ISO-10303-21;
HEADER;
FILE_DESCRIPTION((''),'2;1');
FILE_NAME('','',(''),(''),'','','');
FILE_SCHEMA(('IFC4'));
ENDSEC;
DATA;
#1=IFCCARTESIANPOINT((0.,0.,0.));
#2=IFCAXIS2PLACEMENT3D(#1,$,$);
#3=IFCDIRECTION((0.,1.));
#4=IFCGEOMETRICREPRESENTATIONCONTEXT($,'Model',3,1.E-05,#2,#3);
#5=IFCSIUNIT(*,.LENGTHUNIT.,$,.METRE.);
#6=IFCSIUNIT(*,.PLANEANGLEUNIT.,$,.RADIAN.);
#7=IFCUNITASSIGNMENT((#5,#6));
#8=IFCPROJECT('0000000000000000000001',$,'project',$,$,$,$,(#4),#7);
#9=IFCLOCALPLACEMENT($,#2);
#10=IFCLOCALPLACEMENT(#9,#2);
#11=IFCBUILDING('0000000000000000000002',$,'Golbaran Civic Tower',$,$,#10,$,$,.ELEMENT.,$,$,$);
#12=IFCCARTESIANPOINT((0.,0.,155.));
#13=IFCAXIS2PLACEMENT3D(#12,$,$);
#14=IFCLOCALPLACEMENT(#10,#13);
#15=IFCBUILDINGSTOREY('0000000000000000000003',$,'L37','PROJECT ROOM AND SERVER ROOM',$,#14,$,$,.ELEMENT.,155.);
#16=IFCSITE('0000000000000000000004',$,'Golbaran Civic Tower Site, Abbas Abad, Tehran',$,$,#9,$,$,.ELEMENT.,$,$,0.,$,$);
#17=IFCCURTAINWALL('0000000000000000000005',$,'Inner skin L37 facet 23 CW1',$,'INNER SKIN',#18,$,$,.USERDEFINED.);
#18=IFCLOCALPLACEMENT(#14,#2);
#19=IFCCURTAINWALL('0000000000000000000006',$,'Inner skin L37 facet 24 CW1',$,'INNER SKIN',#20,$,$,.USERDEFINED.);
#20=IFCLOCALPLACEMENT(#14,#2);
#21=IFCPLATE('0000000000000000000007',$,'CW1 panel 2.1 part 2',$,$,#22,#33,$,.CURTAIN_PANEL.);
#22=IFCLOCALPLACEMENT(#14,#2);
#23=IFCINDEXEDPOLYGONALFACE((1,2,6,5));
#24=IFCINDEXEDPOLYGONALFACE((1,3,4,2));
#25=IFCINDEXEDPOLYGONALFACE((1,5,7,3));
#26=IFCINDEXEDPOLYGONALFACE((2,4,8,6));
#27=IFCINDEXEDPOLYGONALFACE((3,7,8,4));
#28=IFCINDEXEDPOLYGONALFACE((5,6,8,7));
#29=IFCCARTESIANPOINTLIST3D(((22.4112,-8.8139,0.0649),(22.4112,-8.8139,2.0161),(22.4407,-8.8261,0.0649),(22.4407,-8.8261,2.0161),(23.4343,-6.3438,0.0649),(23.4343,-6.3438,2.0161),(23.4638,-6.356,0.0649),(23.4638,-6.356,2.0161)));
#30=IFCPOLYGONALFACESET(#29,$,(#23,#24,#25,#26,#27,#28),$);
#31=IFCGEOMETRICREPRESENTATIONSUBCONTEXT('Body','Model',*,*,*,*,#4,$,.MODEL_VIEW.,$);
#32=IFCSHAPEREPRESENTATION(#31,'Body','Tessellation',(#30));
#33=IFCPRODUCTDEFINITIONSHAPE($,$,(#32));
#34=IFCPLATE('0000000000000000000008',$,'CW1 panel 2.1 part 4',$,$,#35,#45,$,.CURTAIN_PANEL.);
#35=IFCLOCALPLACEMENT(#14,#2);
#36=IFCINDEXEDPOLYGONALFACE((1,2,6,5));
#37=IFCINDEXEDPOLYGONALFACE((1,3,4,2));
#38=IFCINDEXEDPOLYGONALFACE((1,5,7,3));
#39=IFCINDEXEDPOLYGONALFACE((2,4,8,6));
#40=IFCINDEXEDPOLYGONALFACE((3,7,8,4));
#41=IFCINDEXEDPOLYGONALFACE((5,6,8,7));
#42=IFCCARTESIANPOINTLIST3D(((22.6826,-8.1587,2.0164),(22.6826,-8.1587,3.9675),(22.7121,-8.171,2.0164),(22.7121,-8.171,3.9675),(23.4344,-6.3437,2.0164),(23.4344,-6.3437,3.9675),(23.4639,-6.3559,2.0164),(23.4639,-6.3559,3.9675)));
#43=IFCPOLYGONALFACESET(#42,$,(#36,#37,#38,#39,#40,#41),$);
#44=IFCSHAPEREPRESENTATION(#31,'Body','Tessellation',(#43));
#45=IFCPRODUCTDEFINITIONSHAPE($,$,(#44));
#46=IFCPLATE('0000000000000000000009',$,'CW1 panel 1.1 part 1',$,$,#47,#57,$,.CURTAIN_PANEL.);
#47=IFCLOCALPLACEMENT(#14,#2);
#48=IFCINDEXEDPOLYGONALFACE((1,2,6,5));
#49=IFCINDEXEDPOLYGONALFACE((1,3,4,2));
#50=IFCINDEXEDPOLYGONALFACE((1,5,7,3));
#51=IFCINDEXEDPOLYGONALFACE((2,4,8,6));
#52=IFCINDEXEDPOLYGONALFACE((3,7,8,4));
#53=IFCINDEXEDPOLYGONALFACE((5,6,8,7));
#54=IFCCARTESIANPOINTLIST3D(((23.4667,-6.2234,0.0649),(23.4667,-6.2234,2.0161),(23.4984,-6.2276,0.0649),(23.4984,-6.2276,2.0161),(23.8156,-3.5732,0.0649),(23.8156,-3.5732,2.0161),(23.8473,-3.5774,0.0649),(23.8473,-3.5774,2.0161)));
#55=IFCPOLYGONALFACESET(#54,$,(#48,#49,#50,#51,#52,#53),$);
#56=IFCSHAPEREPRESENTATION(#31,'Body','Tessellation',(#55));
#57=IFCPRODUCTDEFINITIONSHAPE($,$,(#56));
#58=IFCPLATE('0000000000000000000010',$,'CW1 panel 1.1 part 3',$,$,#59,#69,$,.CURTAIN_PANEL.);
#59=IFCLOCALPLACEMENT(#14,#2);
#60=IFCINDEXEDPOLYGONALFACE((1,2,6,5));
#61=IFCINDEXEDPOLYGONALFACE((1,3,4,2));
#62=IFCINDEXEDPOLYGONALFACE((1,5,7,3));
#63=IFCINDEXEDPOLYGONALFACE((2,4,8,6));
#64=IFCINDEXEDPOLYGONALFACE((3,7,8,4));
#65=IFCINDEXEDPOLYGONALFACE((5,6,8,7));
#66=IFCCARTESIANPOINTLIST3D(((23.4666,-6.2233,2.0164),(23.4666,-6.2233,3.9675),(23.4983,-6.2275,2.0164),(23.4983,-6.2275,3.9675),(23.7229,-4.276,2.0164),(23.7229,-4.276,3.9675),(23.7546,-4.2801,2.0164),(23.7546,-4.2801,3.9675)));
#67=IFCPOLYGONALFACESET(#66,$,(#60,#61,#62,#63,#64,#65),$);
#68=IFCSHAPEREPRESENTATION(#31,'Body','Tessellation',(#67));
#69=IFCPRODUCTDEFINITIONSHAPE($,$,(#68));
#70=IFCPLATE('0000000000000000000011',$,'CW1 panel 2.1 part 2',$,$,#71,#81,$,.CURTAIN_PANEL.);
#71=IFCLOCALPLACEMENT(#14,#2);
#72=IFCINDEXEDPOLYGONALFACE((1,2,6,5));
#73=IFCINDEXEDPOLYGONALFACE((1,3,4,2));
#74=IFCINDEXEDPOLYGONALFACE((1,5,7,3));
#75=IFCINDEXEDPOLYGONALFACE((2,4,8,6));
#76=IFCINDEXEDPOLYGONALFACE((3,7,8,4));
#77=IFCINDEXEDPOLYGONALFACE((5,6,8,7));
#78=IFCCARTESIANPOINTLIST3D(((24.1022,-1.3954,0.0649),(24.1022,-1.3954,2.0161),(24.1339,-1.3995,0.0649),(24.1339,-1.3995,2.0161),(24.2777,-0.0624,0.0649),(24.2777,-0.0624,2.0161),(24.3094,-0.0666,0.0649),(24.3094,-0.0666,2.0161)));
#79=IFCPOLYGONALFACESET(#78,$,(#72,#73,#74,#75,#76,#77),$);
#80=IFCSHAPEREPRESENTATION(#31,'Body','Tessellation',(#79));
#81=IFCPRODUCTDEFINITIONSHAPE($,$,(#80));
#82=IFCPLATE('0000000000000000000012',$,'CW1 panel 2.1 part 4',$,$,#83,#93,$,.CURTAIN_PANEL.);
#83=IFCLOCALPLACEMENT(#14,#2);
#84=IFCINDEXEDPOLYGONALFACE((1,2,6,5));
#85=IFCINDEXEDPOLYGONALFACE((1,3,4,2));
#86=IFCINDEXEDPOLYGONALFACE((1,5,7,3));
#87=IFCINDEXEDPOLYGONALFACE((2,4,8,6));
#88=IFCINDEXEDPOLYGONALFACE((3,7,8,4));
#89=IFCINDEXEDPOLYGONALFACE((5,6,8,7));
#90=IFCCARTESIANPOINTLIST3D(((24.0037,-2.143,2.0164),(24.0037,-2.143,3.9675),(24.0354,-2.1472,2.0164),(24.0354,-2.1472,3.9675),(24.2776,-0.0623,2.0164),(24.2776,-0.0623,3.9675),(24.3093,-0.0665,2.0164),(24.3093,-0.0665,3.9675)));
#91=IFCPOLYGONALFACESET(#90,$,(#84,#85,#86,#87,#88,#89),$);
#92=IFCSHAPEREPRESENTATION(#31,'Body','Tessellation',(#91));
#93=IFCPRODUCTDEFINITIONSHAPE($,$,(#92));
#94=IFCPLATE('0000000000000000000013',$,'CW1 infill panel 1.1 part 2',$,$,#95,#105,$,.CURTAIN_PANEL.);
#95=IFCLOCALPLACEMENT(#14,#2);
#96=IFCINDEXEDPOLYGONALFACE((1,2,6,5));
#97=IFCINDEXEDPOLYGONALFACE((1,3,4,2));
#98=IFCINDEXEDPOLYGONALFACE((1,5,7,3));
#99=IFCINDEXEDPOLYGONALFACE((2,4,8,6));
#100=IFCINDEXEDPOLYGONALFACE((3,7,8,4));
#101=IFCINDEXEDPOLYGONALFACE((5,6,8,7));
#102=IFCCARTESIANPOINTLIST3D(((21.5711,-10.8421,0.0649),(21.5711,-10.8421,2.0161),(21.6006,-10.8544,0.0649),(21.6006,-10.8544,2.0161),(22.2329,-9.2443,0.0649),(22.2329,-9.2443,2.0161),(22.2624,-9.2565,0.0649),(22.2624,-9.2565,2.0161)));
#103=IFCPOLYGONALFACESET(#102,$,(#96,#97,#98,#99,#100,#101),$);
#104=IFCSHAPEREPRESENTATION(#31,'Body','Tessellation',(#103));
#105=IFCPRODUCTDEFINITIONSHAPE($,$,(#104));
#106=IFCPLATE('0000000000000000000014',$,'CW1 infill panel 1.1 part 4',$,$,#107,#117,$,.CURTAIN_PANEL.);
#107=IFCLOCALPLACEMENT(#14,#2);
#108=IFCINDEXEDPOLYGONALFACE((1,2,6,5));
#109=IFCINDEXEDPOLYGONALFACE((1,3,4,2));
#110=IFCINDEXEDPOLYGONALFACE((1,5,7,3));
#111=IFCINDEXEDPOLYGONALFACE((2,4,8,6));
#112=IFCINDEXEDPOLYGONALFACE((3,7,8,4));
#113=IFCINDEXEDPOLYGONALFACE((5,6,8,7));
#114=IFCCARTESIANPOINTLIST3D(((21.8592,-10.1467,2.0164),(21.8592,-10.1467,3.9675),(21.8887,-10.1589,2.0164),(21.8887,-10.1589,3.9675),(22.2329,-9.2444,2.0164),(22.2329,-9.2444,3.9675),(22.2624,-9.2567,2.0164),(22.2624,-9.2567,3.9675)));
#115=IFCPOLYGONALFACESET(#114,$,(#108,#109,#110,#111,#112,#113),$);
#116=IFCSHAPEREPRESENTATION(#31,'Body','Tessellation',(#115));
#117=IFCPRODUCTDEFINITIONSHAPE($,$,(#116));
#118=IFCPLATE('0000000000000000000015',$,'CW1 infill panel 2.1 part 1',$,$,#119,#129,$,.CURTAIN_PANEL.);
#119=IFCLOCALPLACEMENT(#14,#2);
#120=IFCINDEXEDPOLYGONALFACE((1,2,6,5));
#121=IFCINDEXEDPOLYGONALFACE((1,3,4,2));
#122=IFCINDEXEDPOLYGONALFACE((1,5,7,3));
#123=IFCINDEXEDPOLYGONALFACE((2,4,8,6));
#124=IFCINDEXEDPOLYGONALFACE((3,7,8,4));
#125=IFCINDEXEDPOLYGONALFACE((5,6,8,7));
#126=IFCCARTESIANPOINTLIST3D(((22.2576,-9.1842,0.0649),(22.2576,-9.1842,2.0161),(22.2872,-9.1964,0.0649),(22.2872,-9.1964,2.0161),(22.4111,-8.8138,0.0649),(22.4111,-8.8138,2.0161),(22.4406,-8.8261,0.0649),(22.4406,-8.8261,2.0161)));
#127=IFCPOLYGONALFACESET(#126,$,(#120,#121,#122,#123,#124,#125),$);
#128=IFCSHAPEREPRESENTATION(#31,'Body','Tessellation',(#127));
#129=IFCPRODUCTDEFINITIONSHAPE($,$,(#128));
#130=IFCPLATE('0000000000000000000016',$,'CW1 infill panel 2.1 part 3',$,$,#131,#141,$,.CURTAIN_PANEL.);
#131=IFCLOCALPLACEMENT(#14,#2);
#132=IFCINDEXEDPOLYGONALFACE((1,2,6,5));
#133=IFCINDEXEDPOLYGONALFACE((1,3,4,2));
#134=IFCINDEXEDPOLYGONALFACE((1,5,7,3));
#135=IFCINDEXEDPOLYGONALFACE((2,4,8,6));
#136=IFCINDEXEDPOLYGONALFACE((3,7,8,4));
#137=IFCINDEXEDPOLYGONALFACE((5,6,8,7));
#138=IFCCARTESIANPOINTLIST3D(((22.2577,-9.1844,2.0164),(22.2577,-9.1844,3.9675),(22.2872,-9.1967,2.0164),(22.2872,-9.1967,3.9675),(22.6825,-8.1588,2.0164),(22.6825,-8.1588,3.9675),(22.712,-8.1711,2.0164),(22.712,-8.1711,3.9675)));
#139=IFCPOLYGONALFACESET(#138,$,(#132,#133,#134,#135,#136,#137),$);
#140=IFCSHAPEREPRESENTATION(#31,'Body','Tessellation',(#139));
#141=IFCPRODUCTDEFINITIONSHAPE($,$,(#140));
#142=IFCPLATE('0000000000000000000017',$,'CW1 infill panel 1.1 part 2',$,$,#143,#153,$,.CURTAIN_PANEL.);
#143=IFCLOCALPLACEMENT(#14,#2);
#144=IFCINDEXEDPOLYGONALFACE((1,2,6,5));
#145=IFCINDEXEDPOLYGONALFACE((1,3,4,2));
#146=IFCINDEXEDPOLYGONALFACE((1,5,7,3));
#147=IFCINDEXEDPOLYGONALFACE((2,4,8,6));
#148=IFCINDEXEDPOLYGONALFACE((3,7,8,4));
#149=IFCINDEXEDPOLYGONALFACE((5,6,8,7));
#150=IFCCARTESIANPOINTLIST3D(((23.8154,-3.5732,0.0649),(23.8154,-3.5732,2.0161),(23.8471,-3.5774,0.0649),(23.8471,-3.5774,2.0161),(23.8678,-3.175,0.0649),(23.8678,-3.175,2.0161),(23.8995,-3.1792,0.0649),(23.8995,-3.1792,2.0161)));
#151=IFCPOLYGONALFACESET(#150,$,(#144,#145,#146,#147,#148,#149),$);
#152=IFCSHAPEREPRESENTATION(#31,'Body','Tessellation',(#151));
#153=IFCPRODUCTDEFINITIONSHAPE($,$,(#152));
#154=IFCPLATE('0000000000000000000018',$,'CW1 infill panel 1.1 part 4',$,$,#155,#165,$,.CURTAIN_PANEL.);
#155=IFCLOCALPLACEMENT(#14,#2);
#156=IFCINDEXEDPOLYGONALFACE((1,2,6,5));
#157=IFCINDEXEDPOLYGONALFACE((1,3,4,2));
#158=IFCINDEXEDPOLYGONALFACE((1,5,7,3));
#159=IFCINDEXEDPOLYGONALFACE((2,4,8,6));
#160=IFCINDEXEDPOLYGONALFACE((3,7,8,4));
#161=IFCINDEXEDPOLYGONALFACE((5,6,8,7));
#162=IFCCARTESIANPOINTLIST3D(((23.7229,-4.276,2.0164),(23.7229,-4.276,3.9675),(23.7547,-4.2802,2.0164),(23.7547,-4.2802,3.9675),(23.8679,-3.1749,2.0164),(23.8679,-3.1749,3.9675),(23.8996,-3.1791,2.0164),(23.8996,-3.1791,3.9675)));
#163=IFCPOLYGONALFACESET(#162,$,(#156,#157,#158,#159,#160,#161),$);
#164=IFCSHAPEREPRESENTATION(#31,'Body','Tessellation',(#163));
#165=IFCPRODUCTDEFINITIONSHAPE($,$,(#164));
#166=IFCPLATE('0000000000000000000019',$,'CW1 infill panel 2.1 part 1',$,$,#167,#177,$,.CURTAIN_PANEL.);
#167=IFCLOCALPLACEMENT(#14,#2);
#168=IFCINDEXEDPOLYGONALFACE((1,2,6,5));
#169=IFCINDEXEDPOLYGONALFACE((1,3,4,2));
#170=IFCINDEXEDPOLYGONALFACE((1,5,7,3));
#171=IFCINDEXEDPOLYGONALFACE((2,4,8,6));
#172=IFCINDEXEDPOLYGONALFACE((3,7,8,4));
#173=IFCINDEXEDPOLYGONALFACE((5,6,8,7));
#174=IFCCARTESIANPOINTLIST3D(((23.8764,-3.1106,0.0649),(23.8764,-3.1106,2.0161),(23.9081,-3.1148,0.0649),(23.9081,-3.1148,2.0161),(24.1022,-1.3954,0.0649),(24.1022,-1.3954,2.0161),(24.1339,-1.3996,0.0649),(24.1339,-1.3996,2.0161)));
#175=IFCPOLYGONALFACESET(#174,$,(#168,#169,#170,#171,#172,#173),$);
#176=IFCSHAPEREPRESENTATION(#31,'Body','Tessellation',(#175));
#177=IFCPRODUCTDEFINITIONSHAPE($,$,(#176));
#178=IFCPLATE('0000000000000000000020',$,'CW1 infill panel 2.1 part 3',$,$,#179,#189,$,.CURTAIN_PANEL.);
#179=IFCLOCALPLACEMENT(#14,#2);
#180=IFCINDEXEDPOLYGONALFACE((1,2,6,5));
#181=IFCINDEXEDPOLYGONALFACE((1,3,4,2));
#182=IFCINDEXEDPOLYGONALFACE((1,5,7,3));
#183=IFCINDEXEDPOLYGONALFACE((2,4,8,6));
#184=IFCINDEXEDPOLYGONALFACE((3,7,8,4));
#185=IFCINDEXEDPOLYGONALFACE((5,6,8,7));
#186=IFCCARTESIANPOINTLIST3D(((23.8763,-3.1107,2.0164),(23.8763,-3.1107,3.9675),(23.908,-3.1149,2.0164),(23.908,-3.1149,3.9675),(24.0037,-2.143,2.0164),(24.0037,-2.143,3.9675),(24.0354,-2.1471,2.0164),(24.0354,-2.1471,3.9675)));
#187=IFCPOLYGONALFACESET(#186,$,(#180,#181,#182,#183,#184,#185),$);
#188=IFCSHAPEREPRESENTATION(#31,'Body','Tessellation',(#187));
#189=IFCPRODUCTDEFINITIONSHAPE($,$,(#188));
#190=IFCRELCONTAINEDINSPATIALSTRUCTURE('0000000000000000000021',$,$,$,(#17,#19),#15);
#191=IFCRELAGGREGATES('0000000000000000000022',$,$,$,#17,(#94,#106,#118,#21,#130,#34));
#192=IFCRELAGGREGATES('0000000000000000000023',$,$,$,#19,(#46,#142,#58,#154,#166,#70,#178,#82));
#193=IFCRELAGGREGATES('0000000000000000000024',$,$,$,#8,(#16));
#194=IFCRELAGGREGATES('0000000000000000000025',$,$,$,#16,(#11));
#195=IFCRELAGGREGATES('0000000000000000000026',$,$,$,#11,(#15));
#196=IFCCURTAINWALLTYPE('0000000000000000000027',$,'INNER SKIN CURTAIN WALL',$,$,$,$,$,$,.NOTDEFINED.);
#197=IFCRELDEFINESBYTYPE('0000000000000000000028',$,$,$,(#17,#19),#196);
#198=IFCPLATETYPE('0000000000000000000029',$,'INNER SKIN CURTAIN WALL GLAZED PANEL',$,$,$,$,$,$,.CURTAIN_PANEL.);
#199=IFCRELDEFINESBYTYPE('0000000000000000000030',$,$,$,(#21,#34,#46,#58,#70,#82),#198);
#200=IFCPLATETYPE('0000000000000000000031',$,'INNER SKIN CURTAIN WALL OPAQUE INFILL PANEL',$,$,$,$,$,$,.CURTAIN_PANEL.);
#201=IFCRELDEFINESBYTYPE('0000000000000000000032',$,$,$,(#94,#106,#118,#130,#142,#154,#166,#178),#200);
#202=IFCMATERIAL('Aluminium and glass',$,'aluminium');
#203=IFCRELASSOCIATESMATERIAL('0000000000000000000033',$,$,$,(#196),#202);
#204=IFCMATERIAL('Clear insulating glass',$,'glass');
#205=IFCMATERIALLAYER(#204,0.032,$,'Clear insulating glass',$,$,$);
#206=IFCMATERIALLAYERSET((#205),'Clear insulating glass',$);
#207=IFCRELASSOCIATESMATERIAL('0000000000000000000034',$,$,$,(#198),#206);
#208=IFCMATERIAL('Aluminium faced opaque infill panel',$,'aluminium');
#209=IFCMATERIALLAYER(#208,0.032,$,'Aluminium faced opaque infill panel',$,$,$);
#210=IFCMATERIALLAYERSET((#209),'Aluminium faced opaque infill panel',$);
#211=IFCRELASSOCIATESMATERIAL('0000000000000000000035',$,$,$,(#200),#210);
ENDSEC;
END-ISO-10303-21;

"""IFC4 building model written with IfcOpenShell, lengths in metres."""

from ifc_helpers import new_model, si_unit, direction, frame, origin, origin_2d, place, context, subcontext, project, spatial, rectangle, extrude, material, layer, layer_set, type_object, element, aggregate, save


model = new_model("IFC4")

# Units and contexts
model_context = context("Model", 3, precision=1e-05, world=origin(), true_north=direction((0.0, 1.0)))
body_context = subcontext(model_context, "Body", "Model", "MODEL_VIEW")
ifc_project = project(units=[si_unit("LENGTHUNIT", "METRE"), si_unit("PLANEANGLEUNIT", "RADIAN")], contexts=[model_context])

# Site, building, storey
site_placement = place(None, origin())
site = spatial("IfcSite", under=ifc_project, at=site_placement, Name="Golbaran Civic Tower Site, Abbas Abad, Tehran", CompositionType="ELEMENT", RefElevation=0.0)
building_placement = place(site_placement, origin())
building = spatial("IfcBuilding", under=site, at=building_placement, Name="Golbaran Civic Tower", CompositionType="ELEMENT")
storey_placement = place(building_placement, frame((0.0, 0.0, 155.0)))
storey = spatial("IfcBuildingStorey", under=building, at=storey_placement, Name="L37", Description="PROJECT ROOM AND SERVER ROOM", CompositionType="ELEMENT", Elevation=155.0)

# Curtain walls
ifc_material_1 = material(Name="Aluminium and glass", Category="aluminium")
curtain_wall_type = type_object("IfcCurtainWallType", Name="INNER SKIN CURTAIN WALL", PredefinedType="NOTDEFINED", material=ifc_material_1)
curtain_wall_1_placement = place(storey_placement, origin())
curtain_wall_1 = element("IfcCurtainWall", 1, at=curtain_wall_1_placement, inside=storey, type_object=curtain_wall_type, Name="Inner skin L37 facet 23 CW1", ObjectType="INNER SKIN", PredefinedType="USERDEFINED")
curtain_wall_2_placement = place(storey_placement, origin())
curtain_wall_2 = element("IfcCurtainWall", 2, at=curtain_wall_2_placement, inside=storey, type_object=curtain_wall_type, Name="Inner skin L37 facet 24 CW1", ObjectType="INNER SKIN", PredefinedType="USERDEFINED")

# Plates
ifc_material_2 = material(Name="Clear insulating glass", Category="glass")
ifc_layer_1 = layer(ifc_material_2, 0.032, Name="Clear insulating glass")
ifc_layer_set_1 = layer_set([ifc_layer_1], Name="Clear insulating glass")
plate_type_1 = type_object("IfcPlateType", Name="INNER SKIN CURTAIN WALL GLAZED PANEL", PredefinedType="CURTAIN_PANEL", material=ifc_layer_set_1)
plate_1_placement = place(storey_placement, frame((22.9375, -7.585, 0.0649), z_axis=(0.0, 0.0, 1.0), x_axis=(0.382683, 0.92388, 0.0)))
plate_1 = element("IfcPlate", 3, at=plate_1_placement, type_object=plate_type_1, Name="CW1 panel 2.1 part 2", PredefinedType="CURTAIN_PANEL", context=body_context, shape_type="SweptSolid", body=[
    extrude(rectangle(XDim=2.6736, YDim=0.032, at=origin_2d()), origin(), (0.0, 0.0, 1.0), 1.9512),
])
plate_2_placement = place(storey_placement, frame((23.0732, -7.2573, 2.0164), z_axis=(0.0, 0.0, 1.0), x_axis=(0.382683, 0.92388, 0.0)))
plate_2 = element("IfcPlate", 4, at=plate_2_placement, type_object=plate_type_1, Name="CW1 panel 2.1 part 4", PredefinedType="CURTAIN_PANEL", context=body_context, shape_type="SweptSolid", body=[
    extrude(rectangle(XDim=1.9646, YDim=0.032, at=origin_2d()), origin(), (0.0, 0.0, 1.0), 1.9512),
])
plate_3_placement = place(storey_placement, frame((23.657, -4.9004, 0.0649), z_axis=(0.0, 0.0, 1.0), x_axis=(0.130526, 0.991445, 0.0)))
plate_3 = element("IfcPlate", 5, at=plate_3_placement, type_object=plate_type_1, Name="CW1 panel 1.1 part 1", PredefinedType="CURTAIN_PANEL", context=body_context, shape_type="SweptSolid", body=[
    extrude(rectangle(XDim=2.6731, YDim=0.032, at=origin_2d()), origin(), (0.0, 0.0, 1.0), 1.9512),
])
plate_4_placement = place(storey_placement, frame((23.6106, -5.2517, 2.0164), z_axis=(0.0, 0.0, 1.0), x_axis=(0.130526, 0.991445, 0.0)))
plate_4 = element("IfcPlate", 6, at=plate_4_placement, type_object=plate_type_1, Name="CW1 panel 1.1 part 3", PredefinedType="CURTAIN_PANEL", context=body_context, shape_type="SweptSolid", body=[
    extrude(rectangle(XDim=1.9641, YDim=0.032, at=origin_2d()), origin(), (0.0, 0.0, 1.0), 1.9512),
])
plate_5_placement = place(storey_placement, frame((24.2058, -0.731, 0.0649), z_axis=(0.0, 0.0, 1.0), x_axis=(0.130526, 0.991445, 0.0)))
plate_5 = element("IfcPlate", 7, at=plate_5_placement, type_object=plate_type_1, Name="CW1 panel 2.1 part 2", PredefinedType="CURTAIN_PANEL", context=body_context, shape_type="SweptSolid", body=[
    extrude(rectangle(XDim=1.3445, YDim=0.032, at=origin_2d()), origin(), (0.0, 0.0, 1.0), 1.9512),
])
plate_6_placement = place(storey_placement, frame((24.1565, -1.1047, 2.0164), z_axis=(0.0, 0.0, 1.0), x_axis=(0.130526, 0.991445, 0.0)))
plate_6 = element("IfcPlate", 8, at=plate_6_placement, type_object=plate_type_1, Name="CW1 panel 2.1 part 4", PredefinedType="CURTAIN_PANEL", context=body_context, shape_type="SweptSolid", body=[
    extrude(rectangle(XDim=2.0986, YDim=0.032, at=origin_2d()), origin(), (0.0, 0.0, 1.0), 1.9512),
])
ifc_material_3 = material(Name="Aluminium faced opaque infill panel", Category="aluminium")
ifc_layer_2 = layer(ifc_material_3, 0.032, Name="Aluminium faced opaque infill panel")
ifc_layer_set_2 = layer_set([ifc_layer_2], Name="Aluminium faced opaque infill panel")
plate_type_2 = type_object("IfcPlateType", Name="INNER SKIN CURTAIN WALL OPAQUE INFILL PANEL", PredefinedType="CURTAIN_PANEL", material=ifc_layer_set_2)
plate_7_placement = place(storey_placement, frame((21.9167, -10.0493, 0.0649), z_axis=(0.0, 0.0, 1.0), x_axis=(0.382683, 0.92388, 0.0)))
plate_7 = element("IfcPlate", 9, at=plate_7_placement, type_object=plate_type_2, Name="CW1 infill panel 1.1 part 2", PredefinedType="CURTAIN_PANEL", context=body_context, shape_type="SweptSolid", body=[
    extrude(rectangle(XDim=1.7295, YDim=0.032, at=origin_2d()), origin(), (0.0, 0.0, 1.0), 1.9512),
])
plate_8_placement = place(storey_placement, frame((22.0608, -9.7017, 2.0164), z_axis=(0.0, 0.0, 1.0), x_axis=(0.382683, 0.92388, 0.0)))
plate_8 = element("IfcPlate", 10, at=plate_8_placement, type_object=plate_type_2, Name="CW1 infill panel 1.1 part 4", PredefinedType="CURTAIN_PANEL", context=body_context, shape_type="SweptSolid", body=[
    extrude(rectangle(XDim=0.9766, YDim=0.032, at=origin_2d()), origin(), (0.0, 0.0, 1.0), 1.9512),
])
plate_9_placement = place(storey_placement, frame((22.3491, -9.0051, 0.0649), z_axis=(0.0, 0.0, 1.0), x_axis=(0.382683, 0.92388, 0.0)))
plate_9 = element("IfcPlate", 11, at=plate_9_placement, type_object=plate_type_2, Name="CW1 infill panel 2.1 part 1", PredefinedType="CURTAIN_PANEL", context=body_context, shape_type="SweptSolid", body=[
    extrude(rectangle(XDim=0.4009, YDim=0.032, at=origin_2d()), origin(), (0.0, 0.0, 1.0), 1.9512),
])
plate_10_placement = place(storey_placement, frame((22.4849, -8.6777, 2.0164), z_axis=(0.0, 0.0, 1.0), x_axis=(0.382683, 0.92388, 0.0)))
plate_10 = element("IfcPlate", 12, at=plate_10_placement, type_object=plate_type_2, Name="CW1 infill panel 2.1 part 3", PredefinedType="CURTAIN_PANEL", context=body_context, shape_type="SweptSolid", body=[
    extrude(rectangle(XDim=1.1101, YDim=0.032, at=origin_2d()), origin(), (0.0, 0.0, 1.0), 1.9512),
])
aggregate(curtain_wall_1, [plate_7, plate_8, plate_9, plate_1, plate_10, plate_2])
plate_11_placement = place(storey_placement, frame((23.8574, -3.3762, 0.0649), z_axis=(0.0, 0.0, 1.0), x_axis=(0.130526, 0.991445, 0.0)))
plate_11 = element("IfcPlate", 13, at=plate_11_placement, type_object=plate_type_2, Name="CW1 infill panel 1.1 part 2", PredefinedType="CURTAIN_PANEL", context=body_context, shape_type="SweptSolid", body=[
    extrude(rectangle(XDim=0.4016, YDim=0.032, at=origin_2d()), origin(), (0.0, 0.0, 1.0), 1.9512),
])
plate_12_placement = place(storey_placement, frame((23.8113, -3.7275, 2.0164), z_axis=(0.0, 0.0, 1.0), x_axis=(0.130526, 0.991445, 0.0)))
plate_12 = element("IfcPlate", 14, at=plate_12_placement, type_object=plate_type_2, Name="CW1 infill panel 1.1 part 4", PredefinedType="CURTAIN_PANEL", context=body_context, shape_type="SweptSolid", body=[
    extrude(rectangle(XDim=1.1106, YDim=0.032, at=origin_2d()), origin(), (0.0, 0.0, 1.0), 1.9512),
])
plate_13_placement = place(storey_placement, frame((24.0051, -2.2551, 0.0649), z_axis=(0.0, 0.0, 1.0), x_axis=(0.130526, 0.991445, 0.0)))
plate_13 = element("IfcPlate", 15, at=plate_13_placement, type_object=plate_type_2, Name="CW1 infill panel 2.1 part 1", PredefinedType="CURTAIN_PANEL", context=body_context, shape_type="SweptSolid", body=[
    extrude(rectangle(XDim=1.73, YDim=0.032, at=origin_2d()), origin(), (0.0, 0.0, 1.0), 1.9512),
])
plate_14_placement = place(storey_placement, frame((23.9558, -2.6289, 2.0164), z_axis=(0.0, 0.0, 1.0), x_axis=(0.130526, 0.991445, 0.0)))
plate_14 = element("IfcPlate", 16, at=plate_14_placement, type_object=plate_type_2, Name="CW1 infill panel 2.1 part 3", PredefinedType="CURTAIN_PANEL", context=body_context, shape_type="SweptSolid", body=[
    extrude(rectangle(XDim=0.9761, YDim=0.032, at=origin_2d()), origin(), (0.0, 0.0, 1.0), 1.9512),
])
aggregate(curtain_wall_2, [plate_3, plate_11, plate_4, plate_12, plate_13, plate_5, plate_14, plate_6])

save(model, "model.ifc")
